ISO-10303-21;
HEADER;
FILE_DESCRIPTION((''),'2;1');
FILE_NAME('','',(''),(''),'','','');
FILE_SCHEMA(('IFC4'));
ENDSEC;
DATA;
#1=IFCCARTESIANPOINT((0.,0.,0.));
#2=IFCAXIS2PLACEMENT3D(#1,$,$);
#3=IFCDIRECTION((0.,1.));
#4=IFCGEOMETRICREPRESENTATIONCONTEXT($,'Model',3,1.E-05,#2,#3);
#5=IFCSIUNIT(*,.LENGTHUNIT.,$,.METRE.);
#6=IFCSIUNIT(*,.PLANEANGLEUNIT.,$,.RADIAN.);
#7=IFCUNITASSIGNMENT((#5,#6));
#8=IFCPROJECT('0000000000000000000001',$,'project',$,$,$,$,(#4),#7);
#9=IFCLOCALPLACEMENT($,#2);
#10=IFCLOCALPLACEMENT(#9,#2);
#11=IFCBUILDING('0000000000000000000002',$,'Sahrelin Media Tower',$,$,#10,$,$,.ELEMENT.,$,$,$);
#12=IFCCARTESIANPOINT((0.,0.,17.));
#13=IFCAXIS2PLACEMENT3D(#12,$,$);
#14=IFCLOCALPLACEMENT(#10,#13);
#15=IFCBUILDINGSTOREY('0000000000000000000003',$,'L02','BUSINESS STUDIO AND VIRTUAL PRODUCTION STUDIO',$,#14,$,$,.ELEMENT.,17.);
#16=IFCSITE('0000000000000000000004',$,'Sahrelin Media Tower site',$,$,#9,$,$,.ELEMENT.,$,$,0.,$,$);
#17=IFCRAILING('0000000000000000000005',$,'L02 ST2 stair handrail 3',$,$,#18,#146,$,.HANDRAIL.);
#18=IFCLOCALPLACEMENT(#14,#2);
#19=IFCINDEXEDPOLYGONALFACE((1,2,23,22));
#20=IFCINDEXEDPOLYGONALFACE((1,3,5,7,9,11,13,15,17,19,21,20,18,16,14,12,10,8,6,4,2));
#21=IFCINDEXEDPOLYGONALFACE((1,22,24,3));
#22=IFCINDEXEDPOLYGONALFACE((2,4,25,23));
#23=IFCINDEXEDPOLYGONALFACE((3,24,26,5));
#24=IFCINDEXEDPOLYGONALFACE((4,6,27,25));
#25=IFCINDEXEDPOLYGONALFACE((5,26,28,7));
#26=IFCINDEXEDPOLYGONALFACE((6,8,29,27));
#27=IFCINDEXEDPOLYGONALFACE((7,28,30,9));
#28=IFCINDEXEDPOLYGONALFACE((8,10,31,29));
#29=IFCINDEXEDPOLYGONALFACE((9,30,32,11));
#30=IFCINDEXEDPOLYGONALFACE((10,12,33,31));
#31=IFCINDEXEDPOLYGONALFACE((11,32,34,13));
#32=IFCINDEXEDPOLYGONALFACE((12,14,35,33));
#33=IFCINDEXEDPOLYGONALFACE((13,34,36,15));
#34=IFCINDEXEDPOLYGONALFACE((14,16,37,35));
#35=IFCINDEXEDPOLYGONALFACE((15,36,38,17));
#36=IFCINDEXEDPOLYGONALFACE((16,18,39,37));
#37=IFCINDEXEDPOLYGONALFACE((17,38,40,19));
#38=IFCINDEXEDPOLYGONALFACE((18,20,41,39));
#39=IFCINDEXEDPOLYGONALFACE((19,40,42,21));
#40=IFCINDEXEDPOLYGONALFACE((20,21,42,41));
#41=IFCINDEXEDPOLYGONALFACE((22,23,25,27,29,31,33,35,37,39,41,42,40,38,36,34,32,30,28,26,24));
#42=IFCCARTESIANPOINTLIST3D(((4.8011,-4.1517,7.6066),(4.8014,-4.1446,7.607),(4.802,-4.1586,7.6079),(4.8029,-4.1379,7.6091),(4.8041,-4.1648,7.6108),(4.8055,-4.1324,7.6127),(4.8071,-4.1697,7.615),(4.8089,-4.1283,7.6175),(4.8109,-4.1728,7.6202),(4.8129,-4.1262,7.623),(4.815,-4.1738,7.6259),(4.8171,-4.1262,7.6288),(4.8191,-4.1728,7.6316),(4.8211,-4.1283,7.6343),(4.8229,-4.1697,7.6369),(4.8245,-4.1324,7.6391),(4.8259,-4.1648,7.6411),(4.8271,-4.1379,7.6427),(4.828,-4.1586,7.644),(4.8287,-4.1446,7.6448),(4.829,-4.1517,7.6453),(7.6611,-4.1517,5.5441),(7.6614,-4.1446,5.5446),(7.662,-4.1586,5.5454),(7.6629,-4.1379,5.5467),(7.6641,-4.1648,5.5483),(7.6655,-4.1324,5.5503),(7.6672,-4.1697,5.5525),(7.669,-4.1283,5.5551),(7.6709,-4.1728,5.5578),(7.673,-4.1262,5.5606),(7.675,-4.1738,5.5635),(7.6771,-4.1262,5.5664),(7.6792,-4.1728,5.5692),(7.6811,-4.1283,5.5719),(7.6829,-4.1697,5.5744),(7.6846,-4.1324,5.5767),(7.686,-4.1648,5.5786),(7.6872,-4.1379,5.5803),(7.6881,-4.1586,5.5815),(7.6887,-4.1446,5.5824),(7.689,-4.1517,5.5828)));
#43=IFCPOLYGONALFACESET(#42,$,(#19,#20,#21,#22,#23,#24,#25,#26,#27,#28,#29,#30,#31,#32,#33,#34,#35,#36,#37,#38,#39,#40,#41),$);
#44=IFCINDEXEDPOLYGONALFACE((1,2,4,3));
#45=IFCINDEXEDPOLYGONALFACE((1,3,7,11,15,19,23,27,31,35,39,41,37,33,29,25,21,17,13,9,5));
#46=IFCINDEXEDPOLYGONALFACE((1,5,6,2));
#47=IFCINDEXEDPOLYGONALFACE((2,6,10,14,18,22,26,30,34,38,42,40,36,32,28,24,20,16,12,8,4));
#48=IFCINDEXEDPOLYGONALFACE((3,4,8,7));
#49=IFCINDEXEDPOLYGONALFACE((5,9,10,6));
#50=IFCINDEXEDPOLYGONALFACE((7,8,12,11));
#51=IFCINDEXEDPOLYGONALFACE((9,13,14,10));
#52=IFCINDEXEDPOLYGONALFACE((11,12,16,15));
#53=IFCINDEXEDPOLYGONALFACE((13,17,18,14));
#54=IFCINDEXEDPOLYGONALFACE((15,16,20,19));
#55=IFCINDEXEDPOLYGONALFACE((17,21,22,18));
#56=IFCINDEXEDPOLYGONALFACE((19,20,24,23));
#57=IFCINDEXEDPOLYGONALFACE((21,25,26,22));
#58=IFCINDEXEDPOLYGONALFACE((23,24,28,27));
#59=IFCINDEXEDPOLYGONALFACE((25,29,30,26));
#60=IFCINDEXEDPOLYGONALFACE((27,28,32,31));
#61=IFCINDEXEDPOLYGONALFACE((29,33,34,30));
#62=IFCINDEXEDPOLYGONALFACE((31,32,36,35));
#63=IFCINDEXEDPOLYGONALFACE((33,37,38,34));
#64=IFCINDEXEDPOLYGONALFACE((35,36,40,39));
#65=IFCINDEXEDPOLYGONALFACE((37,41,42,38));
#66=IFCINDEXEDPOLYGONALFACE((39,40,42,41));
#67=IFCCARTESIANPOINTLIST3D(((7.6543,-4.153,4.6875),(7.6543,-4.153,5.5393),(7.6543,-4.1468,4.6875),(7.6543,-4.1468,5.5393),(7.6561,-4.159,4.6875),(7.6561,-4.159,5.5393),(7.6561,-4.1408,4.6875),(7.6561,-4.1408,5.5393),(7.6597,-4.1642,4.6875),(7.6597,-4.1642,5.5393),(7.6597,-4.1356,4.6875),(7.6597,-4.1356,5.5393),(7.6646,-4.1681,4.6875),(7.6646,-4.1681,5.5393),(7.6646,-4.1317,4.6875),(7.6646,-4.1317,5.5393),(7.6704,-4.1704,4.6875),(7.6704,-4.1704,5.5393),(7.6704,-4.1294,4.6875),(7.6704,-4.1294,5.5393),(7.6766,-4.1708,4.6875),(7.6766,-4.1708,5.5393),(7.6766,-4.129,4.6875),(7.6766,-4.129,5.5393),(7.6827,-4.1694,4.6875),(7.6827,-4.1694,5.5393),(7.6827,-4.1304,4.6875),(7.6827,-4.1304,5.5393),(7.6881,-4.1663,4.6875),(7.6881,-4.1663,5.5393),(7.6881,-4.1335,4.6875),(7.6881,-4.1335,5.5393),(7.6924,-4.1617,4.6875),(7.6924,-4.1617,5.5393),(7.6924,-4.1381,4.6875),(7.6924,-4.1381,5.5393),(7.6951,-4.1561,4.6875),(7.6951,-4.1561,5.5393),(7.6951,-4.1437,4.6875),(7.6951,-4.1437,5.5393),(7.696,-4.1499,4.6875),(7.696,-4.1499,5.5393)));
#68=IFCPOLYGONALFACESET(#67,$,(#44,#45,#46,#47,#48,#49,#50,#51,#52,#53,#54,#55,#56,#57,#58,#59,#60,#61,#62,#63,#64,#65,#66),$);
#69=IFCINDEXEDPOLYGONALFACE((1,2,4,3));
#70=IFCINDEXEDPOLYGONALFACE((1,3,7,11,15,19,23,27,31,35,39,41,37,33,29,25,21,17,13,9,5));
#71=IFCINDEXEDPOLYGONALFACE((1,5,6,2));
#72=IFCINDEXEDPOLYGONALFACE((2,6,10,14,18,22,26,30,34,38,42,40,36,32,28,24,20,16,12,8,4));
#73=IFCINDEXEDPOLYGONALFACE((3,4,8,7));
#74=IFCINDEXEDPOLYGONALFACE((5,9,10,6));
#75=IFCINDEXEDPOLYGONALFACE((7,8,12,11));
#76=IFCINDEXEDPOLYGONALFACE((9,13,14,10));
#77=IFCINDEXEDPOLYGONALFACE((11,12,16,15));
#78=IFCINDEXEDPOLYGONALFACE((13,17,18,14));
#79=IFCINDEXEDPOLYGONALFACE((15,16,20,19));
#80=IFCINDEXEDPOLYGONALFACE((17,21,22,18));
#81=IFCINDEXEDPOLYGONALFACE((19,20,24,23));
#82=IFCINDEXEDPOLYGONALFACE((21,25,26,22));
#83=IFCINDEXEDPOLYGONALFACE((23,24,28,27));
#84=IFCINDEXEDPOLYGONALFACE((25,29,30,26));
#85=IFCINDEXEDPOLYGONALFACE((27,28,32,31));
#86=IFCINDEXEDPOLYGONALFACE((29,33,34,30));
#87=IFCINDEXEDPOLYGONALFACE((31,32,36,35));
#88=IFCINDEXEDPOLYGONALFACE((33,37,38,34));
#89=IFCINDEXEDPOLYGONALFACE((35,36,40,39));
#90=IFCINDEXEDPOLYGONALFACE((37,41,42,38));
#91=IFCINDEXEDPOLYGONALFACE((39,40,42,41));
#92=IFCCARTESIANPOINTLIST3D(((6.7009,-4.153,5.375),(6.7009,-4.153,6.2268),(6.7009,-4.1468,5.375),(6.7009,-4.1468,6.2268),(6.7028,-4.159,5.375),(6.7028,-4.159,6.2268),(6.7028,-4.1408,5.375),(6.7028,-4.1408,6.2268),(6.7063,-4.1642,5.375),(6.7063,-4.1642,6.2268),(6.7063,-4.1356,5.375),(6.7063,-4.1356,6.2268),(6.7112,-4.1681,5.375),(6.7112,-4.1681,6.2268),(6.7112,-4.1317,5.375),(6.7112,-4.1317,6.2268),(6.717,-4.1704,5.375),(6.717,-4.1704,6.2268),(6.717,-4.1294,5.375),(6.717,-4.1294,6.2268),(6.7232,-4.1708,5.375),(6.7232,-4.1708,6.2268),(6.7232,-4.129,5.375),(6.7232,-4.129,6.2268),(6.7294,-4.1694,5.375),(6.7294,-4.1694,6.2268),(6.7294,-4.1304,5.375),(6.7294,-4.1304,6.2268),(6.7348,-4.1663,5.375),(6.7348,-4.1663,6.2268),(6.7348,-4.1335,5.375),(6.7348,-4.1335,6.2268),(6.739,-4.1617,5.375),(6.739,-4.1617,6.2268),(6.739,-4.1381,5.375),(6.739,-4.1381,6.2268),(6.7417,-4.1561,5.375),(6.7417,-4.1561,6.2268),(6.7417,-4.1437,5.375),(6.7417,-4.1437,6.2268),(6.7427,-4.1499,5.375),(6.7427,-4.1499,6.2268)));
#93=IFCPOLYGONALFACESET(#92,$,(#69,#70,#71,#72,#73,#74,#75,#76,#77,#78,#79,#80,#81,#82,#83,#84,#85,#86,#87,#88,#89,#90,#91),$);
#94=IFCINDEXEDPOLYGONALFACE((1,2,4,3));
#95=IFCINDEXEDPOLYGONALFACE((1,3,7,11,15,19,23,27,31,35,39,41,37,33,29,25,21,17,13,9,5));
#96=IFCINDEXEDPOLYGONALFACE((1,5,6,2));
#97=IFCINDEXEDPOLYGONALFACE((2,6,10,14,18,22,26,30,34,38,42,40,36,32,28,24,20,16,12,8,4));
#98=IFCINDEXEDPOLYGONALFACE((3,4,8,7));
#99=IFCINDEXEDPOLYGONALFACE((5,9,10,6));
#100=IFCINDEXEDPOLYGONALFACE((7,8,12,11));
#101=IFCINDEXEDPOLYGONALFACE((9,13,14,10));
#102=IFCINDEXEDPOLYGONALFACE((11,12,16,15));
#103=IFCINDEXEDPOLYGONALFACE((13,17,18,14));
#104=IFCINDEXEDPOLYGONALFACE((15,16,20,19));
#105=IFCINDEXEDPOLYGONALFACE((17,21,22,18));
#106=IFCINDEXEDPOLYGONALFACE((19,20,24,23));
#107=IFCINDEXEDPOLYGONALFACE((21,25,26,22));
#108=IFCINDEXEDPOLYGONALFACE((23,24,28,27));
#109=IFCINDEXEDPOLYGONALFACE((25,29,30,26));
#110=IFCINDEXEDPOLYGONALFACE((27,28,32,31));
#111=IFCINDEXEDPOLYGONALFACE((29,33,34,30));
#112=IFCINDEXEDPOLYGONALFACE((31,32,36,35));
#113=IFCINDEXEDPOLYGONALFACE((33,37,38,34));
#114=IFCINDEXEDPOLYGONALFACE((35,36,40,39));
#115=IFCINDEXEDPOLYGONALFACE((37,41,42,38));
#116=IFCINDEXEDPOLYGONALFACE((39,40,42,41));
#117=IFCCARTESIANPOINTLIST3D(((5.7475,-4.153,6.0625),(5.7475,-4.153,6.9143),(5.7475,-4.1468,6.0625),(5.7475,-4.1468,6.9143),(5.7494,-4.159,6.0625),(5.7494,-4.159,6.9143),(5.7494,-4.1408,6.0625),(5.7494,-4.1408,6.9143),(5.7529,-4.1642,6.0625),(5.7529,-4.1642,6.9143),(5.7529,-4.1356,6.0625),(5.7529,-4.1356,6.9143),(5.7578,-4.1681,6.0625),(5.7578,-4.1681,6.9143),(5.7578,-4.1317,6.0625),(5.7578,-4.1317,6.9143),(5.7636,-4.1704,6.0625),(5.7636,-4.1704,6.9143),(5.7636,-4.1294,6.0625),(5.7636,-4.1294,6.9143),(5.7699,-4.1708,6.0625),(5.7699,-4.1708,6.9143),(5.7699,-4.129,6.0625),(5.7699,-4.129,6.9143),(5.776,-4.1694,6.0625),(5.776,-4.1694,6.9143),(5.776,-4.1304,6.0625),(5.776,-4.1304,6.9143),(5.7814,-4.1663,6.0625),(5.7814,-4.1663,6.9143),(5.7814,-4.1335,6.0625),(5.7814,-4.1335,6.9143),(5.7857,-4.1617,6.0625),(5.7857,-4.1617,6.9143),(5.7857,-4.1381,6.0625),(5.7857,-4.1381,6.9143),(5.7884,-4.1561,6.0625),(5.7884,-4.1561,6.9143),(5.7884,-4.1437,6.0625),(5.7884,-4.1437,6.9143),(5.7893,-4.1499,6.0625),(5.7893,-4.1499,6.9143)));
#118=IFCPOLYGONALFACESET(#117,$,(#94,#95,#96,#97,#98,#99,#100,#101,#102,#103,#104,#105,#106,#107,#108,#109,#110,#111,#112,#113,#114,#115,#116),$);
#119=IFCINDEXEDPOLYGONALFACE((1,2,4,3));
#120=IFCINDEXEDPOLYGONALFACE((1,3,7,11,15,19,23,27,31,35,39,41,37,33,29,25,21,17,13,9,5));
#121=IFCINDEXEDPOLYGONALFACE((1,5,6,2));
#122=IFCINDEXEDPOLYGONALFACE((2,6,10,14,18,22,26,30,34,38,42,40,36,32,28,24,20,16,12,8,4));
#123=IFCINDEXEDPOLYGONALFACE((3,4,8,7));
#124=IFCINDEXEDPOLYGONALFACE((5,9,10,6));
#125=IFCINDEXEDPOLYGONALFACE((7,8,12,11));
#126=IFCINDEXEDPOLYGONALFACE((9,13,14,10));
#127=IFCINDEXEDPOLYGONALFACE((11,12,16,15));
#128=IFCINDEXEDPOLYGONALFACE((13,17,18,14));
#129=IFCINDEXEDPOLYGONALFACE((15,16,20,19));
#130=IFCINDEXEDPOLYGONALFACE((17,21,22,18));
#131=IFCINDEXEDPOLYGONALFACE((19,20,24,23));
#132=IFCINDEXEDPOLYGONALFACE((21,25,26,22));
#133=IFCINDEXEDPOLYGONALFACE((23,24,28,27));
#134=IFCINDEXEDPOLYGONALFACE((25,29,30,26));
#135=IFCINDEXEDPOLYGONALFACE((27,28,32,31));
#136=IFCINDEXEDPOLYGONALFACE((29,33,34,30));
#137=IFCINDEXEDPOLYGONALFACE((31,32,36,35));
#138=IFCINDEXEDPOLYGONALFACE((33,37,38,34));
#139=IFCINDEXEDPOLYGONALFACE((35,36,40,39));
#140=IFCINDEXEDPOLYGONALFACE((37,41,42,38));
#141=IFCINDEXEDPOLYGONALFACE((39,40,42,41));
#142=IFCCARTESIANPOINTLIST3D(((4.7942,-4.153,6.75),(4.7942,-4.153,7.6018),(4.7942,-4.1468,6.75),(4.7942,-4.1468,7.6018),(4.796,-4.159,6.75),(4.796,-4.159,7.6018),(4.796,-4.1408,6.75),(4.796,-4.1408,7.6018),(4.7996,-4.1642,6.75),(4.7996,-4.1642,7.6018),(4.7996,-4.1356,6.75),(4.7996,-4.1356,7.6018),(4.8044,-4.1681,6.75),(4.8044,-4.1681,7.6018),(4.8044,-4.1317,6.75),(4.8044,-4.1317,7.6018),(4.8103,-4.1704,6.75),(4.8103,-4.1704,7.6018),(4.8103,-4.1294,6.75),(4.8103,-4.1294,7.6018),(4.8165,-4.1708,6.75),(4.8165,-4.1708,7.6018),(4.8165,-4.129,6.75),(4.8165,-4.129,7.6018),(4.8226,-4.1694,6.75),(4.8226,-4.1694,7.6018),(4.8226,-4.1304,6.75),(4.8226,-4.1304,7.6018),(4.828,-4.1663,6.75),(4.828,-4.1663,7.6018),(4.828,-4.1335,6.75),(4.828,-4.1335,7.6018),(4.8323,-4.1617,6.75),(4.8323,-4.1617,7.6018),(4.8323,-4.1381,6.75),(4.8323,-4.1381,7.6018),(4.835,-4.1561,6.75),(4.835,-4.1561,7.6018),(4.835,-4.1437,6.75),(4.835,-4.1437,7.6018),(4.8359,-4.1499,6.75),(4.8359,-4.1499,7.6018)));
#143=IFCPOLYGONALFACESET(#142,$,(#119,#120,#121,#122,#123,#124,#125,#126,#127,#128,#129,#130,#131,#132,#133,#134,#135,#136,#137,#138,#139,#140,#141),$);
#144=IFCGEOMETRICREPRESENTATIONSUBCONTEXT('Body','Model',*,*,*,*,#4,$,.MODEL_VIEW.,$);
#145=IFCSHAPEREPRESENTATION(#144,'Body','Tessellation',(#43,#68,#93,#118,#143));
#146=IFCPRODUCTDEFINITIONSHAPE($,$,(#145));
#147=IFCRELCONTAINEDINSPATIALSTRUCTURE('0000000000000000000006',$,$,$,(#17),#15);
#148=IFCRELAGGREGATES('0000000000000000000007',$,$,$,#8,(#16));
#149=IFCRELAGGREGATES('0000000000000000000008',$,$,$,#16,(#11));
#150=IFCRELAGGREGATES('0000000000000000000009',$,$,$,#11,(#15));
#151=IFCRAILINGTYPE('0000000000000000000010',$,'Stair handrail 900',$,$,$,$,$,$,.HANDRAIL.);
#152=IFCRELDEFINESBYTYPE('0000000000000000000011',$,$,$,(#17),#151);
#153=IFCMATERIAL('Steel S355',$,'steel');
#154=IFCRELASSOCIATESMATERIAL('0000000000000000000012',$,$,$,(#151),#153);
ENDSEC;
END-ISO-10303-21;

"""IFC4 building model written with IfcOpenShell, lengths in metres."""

from ifc_helpers import new_model, si_unit, direction, frame, origin, origin_2d, place, context, subcontext, project, spatial, circle, extrude, material, type_object, element, save


model = new_model("IFC4")

# Units and contexts
model_context = context("Model", 3, precision=1e-05, world=origin(), true_north=direction((0.0, 1.0)))
body_context = subcontext(model_context, "Body", "Model", "MODEL_VIEW")
ifc_project = project(units=[si_unit("LENGTHUNIT", "METRE"), si_unit("PLANEANGLEUNIT", "RADIAN")], contexts=[model_context])

# Site, building, storey
site_placement = place(None, origin())
site = spatial("IfcSite", under=ifc_project, at=site_placement, Name="Sahrelin Media Tower site", CompositionType="ELEMENT", RefElevation=0.0)
building_placement = place(site_placement, origin())
building = spatial("IfcBuilding", under=site, at=building_placement, Name="Sahrelin Media Tower", CompositionType="ELEMENT")
storey_placement = place(building_placement, frame((0.0, 0.0, 17.0)))
storey = spatial("IfcBuildingStorey", under=building, at=storey_placement, Name="L02", Description="BUSINESS STUDIO AND VIRTUAL PRODUCTION STUDIO", CompositionType="ELEMENT", Elevation=17.0)

# Railing
ifc_material_1 = material(Name="Steel S355", Category="steel")
railing_type_1 = type_object("IfcRailingType", Name="Stair handrail 900", PredefinedType="HANDRAIL", material=ifc_material_1)
railing_1_placement = place(storey_placement, frame((7.675, -4.1499, 4.6875)))
element("IfcRailing", 1, at=railing_1_placement, inside=storey, type_object=railing_type_1, Name="L02 ST2 stair handrail 3", PredefinedType="HANDRAIL", context=body_context, shape_type="SweptSolid", body=[
    extrude(circle(Radius=0.0239, at=origin_2d()), frame((0.0, 0.0, 0.876), z_axis=(-0.811101, 0.0, 0.584906), x_axis=(0.0, -1.0, 0.0)), (0.0, 0.0, 1.0), 3.5261),
    extrude(circle(Radius=0.021, at=origin_2d()), origin(), (0.0, 0.0, 1.0), 0.8518),
    extrude(circle(Radius=0.021, at=origin_2d()), frame((-0.9534, 0.0, 0.6875)), (0.0, 0.0, 1.0), 0.8518),
    extrude(circle(Radius=0.021, at=origin_2d()), frame((-1.9067, 0.0, 1.375)), (0.0, 0.0, 1.0), 0.8518),
    extrude(circle(Radius=0.021, at=origin_2d()), frame((-2.8601, 0.0, 2.0625)), (0.0, 0.0, 1.0), 0.8518),
])

save(model, "model.ifc")
